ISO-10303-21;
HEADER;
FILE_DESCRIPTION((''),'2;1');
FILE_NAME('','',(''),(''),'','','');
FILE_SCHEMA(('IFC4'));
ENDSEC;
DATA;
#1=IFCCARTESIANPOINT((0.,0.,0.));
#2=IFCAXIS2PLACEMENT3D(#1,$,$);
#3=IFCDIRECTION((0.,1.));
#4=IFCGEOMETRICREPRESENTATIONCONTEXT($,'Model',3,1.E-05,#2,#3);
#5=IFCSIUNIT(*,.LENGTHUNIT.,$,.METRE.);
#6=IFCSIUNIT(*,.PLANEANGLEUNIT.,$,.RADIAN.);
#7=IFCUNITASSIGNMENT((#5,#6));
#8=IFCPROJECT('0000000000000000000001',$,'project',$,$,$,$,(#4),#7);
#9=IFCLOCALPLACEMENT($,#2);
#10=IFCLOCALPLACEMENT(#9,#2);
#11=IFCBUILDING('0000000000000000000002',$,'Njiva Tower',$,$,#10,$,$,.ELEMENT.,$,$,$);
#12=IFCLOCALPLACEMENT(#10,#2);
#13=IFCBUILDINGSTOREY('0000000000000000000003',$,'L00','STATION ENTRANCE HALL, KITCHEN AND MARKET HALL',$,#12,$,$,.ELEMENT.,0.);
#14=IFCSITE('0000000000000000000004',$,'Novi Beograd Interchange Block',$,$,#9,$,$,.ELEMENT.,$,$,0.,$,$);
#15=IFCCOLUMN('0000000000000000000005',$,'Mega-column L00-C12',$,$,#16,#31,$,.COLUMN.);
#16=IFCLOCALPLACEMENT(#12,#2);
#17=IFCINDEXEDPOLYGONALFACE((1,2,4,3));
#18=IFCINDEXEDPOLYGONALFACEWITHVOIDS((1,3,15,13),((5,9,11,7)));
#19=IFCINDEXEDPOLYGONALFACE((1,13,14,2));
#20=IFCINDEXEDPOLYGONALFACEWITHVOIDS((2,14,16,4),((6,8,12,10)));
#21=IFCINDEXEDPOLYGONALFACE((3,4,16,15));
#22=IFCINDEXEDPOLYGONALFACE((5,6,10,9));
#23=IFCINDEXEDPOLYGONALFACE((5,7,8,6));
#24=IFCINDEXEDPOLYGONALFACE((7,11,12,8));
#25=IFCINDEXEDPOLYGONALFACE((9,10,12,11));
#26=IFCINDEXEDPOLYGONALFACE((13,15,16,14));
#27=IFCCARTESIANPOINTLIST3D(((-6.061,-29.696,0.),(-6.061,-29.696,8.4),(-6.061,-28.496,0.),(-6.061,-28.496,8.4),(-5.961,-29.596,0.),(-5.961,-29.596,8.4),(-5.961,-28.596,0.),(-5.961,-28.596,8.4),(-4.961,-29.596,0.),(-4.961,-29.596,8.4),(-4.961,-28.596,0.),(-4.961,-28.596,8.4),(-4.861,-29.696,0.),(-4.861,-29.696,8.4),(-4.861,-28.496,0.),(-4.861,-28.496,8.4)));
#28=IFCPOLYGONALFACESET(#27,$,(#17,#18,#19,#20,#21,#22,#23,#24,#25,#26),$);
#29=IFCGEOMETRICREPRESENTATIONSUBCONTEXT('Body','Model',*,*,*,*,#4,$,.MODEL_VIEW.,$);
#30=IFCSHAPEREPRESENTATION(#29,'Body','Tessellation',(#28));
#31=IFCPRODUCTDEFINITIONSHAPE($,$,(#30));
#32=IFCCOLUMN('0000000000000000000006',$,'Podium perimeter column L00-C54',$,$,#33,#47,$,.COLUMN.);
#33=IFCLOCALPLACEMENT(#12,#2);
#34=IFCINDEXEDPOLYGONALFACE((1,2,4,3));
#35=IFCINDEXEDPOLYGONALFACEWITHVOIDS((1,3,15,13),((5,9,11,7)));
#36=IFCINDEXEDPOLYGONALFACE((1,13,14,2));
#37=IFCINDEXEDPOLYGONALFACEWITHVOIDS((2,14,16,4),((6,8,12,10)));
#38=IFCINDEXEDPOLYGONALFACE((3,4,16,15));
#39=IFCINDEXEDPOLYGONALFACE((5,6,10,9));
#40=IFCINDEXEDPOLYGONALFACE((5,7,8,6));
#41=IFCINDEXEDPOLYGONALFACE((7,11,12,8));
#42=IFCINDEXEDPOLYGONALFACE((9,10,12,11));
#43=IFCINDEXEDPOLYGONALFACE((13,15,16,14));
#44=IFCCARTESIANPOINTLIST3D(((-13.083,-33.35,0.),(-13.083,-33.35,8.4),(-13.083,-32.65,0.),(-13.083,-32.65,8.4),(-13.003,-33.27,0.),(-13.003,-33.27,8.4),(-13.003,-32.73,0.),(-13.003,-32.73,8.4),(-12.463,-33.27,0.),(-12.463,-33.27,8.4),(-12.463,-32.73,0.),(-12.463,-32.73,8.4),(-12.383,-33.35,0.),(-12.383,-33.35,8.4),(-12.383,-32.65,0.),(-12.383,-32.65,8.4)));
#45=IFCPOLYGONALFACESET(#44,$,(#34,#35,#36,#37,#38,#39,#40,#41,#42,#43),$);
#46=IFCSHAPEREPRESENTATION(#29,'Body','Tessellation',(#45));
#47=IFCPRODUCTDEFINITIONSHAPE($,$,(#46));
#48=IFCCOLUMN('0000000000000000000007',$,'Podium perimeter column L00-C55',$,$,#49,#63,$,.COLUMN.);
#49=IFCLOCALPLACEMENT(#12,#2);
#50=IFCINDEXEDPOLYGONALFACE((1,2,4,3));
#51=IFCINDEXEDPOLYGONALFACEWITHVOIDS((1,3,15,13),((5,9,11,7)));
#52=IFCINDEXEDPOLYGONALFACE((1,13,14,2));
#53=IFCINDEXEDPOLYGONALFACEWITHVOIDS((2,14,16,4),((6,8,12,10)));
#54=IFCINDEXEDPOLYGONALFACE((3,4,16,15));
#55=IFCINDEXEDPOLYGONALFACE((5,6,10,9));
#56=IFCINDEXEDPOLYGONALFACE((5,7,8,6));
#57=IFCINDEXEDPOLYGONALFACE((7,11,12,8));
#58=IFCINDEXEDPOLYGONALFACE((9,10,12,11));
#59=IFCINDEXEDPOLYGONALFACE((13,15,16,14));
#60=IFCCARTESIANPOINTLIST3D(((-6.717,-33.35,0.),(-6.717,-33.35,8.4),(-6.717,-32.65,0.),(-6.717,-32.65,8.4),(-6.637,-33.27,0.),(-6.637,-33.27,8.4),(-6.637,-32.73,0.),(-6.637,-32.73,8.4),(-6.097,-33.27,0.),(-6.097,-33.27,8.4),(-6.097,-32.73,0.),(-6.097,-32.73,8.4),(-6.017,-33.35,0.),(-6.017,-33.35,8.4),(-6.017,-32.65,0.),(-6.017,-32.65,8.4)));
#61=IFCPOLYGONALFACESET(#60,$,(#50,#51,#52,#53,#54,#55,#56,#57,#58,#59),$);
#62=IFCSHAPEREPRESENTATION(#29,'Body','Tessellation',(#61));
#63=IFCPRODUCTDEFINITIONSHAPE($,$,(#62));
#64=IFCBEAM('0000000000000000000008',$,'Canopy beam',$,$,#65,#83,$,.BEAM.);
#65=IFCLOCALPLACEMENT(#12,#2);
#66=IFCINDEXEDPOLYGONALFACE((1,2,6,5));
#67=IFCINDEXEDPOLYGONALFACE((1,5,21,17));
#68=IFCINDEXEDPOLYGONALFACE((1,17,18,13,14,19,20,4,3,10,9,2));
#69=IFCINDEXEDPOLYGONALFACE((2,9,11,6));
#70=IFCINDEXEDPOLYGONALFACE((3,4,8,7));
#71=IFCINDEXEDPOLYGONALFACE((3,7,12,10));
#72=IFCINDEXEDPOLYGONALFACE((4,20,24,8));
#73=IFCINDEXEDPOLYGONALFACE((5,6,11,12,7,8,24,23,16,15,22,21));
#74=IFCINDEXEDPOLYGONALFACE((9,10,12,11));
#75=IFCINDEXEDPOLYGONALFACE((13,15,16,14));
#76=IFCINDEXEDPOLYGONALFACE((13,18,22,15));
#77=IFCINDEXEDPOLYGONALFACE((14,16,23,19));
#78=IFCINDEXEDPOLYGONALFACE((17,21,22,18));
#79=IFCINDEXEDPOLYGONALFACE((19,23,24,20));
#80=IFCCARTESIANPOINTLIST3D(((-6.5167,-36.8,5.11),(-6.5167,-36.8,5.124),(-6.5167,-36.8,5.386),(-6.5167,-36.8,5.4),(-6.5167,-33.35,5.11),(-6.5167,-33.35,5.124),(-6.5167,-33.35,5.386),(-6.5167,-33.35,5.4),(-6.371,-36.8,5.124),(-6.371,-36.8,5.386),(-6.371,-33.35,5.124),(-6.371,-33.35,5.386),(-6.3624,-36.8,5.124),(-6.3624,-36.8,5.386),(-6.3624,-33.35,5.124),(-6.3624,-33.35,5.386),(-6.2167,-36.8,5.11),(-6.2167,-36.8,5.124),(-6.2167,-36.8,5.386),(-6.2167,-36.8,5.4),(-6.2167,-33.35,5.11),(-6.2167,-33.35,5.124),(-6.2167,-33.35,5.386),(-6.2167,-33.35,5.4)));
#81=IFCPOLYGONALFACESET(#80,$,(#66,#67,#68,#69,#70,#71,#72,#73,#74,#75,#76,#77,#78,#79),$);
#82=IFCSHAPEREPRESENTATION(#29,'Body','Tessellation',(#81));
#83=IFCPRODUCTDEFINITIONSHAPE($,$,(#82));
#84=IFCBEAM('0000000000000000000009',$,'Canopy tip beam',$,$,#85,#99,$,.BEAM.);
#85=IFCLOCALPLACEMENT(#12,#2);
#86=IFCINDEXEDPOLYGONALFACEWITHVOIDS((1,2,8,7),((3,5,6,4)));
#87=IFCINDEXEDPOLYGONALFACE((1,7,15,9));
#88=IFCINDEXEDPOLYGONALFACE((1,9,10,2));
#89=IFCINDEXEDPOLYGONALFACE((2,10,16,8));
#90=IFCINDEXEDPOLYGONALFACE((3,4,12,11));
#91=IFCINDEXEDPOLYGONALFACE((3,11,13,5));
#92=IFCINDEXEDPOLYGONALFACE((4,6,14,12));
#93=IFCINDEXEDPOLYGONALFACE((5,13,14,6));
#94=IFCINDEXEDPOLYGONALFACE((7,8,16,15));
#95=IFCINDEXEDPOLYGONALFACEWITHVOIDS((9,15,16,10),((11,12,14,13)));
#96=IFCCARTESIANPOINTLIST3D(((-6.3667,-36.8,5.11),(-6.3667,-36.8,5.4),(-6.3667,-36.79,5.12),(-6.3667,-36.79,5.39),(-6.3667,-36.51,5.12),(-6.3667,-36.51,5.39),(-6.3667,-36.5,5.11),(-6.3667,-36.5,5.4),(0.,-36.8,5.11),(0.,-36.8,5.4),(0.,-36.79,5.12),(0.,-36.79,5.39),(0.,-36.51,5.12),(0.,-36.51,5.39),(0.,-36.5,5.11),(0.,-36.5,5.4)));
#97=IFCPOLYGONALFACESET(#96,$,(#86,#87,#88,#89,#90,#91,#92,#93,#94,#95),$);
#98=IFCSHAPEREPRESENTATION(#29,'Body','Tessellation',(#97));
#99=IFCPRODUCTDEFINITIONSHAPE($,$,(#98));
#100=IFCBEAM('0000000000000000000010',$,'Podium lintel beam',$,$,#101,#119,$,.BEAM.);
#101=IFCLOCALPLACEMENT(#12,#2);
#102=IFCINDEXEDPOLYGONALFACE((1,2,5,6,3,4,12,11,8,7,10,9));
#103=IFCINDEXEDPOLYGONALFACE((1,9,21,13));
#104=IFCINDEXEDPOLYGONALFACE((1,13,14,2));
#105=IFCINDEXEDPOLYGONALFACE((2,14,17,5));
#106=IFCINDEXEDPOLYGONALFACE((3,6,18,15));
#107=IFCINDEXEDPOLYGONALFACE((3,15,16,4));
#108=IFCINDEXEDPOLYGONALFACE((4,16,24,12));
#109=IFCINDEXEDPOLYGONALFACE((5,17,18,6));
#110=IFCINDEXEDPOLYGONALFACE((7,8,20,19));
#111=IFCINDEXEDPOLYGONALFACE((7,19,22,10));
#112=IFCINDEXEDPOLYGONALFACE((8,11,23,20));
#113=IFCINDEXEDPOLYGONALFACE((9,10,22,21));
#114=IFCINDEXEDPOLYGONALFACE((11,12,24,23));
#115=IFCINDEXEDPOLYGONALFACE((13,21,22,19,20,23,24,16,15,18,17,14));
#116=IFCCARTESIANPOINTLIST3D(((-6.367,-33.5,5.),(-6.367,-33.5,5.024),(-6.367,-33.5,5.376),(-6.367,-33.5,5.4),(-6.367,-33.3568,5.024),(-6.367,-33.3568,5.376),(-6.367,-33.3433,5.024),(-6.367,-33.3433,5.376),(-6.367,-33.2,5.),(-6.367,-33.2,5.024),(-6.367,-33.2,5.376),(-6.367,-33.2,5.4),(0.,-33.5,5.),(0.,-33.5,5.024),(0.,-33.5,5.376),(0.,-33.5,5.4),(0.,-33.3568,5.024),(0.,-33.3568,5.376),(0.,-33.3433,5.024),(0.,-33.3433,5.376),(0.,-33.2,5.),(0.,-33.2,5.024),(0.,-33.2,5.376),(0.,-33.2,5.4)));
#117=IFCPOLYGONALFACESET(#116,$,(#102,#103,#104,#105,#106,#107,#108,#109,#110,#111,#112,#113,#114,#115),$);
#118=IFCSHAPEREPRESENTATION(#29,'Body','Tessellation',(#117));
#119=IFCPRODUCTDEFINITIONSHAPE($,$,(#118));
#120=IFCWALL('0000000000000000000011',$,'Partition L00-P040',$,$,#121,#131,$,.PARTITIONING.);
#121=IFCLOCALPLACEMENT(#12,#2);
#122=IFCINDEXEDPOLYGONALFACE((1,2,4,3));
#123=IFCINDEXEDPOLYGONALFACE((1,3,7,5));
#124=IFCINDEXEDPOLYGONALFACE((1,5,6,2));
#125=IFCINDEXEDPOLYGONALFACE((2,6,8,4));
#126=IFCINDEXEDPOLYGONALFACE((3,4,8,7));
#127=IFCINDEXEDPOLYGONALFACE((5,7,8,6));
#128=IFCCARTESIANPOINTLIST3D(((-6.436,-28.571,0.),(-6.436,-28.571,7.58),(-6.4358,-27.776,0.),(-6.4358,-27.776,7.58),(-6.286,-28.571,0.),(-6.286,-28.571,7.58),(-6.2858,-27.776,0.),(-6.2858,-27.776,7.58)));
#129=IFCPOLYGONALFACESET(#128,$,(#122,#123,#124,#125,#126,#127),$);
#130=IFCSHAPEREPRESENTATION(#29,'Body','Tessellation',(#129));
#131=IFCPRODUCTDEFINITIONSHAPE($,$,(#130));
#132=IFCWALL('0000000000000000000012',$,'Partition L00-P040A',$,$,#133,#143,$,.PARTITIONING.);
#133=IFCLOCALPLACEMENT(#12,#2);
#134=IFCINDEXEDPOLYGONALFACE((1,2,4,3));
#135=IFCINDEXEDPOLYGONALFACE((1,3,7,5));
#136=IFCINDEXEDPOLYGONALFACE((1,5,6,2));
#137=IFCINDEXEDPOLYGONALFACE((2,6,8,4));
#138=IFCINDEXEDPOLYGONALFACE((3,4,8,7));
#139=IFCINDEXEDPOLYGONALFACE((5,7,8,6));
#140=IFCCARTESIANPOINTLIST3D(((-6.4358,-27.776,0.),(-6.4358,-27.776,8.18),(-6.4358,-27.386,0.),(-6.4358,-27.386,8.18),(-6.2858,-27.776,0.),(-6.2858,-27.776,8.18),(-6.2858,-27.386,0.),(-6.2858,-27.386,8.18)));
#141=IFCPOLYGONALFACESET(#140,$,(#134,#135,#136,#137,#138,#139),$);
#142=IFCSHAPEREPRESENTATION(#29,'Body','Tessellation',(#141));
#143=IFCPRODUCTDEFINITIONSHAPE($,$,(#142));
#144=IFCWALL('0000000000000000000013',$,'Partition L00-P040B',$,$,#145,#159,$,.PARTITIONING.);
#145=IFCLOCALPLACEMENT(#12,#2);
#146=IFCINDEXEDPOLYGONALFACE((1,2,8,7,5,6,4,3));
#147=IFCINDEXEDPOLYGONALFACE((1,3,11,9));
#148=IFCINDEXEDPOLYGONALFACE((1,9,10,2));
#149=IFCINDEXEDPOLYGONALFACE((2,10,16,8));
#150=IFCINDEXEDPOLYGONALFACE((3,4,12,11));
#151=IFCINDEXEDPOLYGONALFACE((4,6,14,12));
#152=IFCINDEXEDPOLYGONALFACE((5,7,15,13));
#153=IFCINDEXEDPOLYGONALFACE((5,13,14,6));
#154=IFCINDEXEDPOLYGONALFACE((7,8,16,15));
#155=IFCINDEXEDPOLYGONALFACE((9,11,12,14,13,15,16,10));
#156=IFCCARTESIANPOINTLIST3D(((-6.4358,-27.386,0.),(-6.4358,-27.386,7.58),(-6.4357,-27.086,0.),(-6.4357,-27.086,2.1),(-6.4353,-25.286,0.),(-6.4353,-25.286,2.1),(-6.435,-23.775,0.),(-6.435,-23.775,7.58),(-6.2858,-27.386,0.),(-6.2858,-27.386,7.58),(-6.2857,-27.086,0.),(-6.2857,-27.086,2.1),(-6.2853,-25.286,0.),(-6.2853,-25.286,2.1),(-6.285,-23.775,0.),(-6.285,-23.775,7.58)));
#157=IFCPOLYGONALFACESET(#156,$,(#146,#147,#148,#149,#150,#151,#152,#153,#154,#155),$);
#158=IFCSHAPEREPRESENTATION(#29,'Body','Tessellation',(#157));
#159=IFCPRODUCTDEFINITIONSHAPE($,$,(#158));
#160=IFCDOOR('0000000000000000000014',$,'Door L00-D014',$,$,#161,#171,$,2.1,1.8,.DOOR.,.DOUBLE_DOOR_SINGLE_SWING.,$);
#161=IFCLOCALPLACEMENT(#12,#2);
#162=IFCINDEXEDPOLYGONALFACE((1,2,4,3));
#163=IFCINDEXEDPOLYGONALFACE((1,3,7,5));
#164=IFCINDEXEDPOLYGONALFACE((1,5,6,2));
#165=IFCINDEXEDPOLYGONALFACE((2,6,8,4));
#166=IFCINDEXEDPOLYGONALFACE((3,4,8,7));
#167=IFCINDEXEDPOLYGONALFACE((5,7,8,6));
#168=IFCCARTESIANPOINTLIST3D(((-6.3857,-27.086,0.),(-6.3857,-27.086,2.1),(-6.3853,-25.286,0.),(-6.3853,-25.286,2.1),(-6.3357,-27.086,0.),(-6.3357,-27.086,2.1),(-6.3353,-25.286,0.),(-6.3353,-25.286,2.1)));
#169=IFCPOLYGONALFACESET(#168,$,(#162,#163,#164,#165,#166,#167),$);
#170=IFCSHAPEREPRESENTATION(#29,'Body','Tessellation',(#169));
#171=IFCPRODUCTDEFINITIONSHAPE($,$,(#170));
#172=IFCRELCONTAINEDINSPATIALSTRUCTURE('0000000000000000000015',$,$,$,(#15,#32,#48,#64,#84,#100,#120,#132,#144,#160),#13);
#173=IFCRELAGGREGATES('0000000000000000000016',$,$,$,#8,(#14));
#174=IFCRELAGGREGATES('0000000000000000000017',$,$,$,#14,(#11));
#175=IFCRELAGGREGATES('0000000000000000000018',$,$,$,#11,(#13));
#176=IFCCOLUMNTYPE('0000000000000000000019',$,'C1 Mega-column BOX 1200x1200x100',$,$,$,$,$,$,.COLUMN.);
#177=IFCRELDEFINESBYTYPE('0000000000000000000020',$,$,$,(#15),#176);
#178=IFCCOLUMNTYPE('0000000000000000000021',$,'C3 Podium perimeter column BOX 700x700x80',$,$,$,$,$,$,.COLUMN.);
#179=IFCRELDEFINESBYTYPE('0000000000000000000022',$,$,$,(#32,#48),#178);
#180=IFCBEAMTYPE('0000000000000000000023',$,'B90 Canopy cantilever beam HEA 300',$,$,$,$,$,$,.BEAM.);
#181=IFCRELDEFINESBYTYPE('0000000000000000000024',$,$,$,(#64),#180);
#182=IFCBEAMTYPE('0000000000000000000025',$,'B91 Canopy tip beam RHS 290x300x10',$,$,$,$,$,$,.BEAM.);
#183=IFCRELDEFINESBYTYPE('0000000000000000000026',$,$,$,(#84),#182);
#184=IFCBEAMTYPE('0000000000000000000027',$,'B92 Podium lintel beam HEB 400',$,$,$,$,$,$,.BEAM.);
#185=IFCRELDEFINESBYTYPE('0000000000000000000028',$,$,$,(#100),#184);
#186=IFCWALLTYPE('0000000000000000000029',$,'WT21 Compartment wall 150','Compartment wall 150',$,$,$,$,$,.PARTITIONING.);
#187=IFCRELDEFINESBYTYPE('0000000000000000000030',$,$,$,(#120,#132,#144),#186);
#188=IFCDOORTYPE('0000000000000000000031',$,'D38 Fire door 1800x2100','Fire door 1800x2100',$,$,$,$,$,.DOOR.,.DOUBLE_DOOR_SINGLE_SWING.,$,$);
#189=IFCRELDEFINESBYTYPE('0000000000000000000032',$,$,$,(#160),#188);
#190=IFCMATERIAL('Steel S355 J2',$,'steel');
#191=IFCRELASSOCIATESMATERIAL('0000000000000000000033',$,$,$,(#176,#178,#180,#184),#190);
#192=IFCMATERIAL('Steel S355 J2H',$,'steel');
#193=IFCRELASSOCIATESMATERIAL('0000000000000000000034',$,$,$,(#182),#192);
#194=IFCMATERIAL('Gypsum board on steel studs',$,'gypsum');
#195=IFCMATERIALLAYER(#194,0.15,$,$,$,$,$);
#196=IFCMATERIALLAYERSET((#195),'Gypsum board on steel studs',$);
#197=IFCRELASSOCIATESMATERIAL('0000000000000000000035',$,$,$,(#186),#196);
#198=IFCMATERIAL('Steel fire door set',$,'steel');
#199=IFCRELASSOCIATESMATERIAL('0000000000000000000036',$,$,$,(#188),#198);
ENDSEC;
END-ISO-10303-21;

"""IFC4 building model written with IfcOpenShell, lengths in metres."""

from ifc_helpers import new_model, si_unit, direction, frame, frame_2d, origin, origin_2d, place, context, subcontext, project, spatial, rectangle, hollow_rectangle, i_section, extrude, material, layer, layer_set, material_profile, profile_set, type_object, element, fill, save


model = new_model("IFC4")

# Units and contexts
model_context = context("Model", 3, precision=1e-05, world=origin(), true_north=direction((0.0, 1.0)))
body_context = subcontext(model_context, "Body", "Model", "MODEL_VIEW")
ifc_project = project(units=[si_unit("LENGTHUNIT", "METRE"), si_unit("PLANEANGLEUNIT", "RADIAN")], contexts=[model_context])

# Site, building, storey
site_placement = place(None, origin())
site = spatial("IfcSite", under=ifc_project, at=site_placement, Name="Novi Beograd Interchange Block", CompositionType="ELEMENT", RefElevation=0.0)
building_placement = place(site_placement, origin())
building = spatial("IfcBuilding", under=site, at=building_placement, Name="Njiva Tower", CompositionType="ELEMENT")
storey_placement = place(building_placement, origin())
storey = spatial("IfcBuildingStorey", under=building, at=storey_placement, Name="L00", Description="STATION ENTRANCE HALL, KITCHEN AND MARKET HALL", CompositionType="ELEMENT", Elevation=0.0)

# Columns
ifc_material_1 = material(Name="Steel S355 J2", Category="steel")
ifc_material_profile_1 = material_profile(ifc_material_1, hollow_rectangle(XDim=1.2, YDim=1.2, WallThickness=0.1, at=origin_2d()), Name="BOX 1200x1200x100")
ifc_profile_set_1 = profile_set([ifc_material_profile_1], Name="Steel S355 J2")
column_type_1 = type_object("IfcColumnType", Name="C1 Mega-column BOX 1200x1200x100", PredefinedType="COLUMN", material=ifc_profile_set_1)
column_placement = place(storey_placement, frame((-5.461, -29.096, 0.0), z_axis=(0.0, 0.0, 1.0), x_axis=(1.0, 0.0, 0.0)))
element("IfcColumn", 1, at=column_placement, inside=storey, type_object=column_type_1, Name="Mega-column L00-C12", PredefinedType="COLUMN", context=body_context, shape_type="SweptSolid", body=[
    extrude(hollow_rectangle(XDim=1.2, YDim=1.2, WallThickness=0.1, at=origin_2d()), origin(), (0.0, 0.0, 1.0), 8.4),
])
ifc_material_profile_2 = material_profile(ifc_material_1, hollow_rectangle(XDim=0.7, YDim=0.7, WallThickness=0.08, at=origin_2d()), Name="BOX 700x700x80")
ifc_profile_set_2 = profile_set([ifc_material_profile_2], Name="Steel S355 J2")
column_type_2 = type_object("IfcColumnType", Name="C3 Podium perimeter column BOX 700x700x80", PredefinedType="COLUMN", material=ifc_profile_set_2)
for number, where, z_axis, x_axis, name in (
    (2, (-12.733, -33.0, 0.0), (0.0, 0.0, 1.0), (1.0, 0.0, 0.0), "Podium perimeter column L00-C54"),
    (3, (-6.367, -33.0, 0.0), (0.0, 0.0, 1.0), (1.0, 0.0, 0.0), "Podium perimeter column L00-C55"),
):
    element("IfcColumn", number, at=place(storey_placement, frame(where, z_axis=z_axis, x_axis=x_axis)), inside=storey, type_object=column_type_2, Name=name, PredefinedType="COLUMN", context=body_context, shape_type="SweptSolid", body=[
        extrude(hollow_rectangle(XDim=0.7, YDim=0.7, WallThickness=0.08, at=origin_2d()), origin(), (0.0, 0.0, 1.0), 8.4),
    ])

# Beams
ifc_material_profile_3 = material_profile(ifc_material_1, i_section(OverallWidth=0.3, OverallDepth=0.29, WebThickness=0.0085, FlangeThickness=0.014, at=origin_2d()), Name="HEA300")
ifc_profile_set_3 = profile_set([ifc_material_profile_3], Name="Steel S355 J2")
beam_type_1 = type_object("IfcBeamType", Name="B90 Canopy cantilever beam HEA 300", PredefinedType="BEAM", material=ifc_profile_set_3)
beam_1_placement = place(storey_placement, frame((-6.3667, -33.35, 5.255), z_axis=(0.0, -1.0, 0.0), x_axis=(1.0, 0.0, 0.0)))
element("IfcBeam", 4, at=beam_1_placement, inside=storey, type_object=beam_type_1, Name="Canopy beam", PredefinedType="BEAM", context=body_context, shape_type="SweptSolid", body=[
    extrude(i_section(OverallWidth=0.3, OverallDepth=0.29, WebThickness=0.0085, FlangeThickness=0.014, at=origin_2d()), origin(), (0.0, 0.0, 1.0), 3.45),
])
ifc_material_2 = material(Name="Steel S355 J2H", Category="steel")
ifc_material_profile_4 = material_profile(ifc_material_2, hollow_rectangle(XDim=0.3, YDim=0.29, WallThickness=0.01, at=origin_2d()), Name="BOX 290x300x10")
ifc_profile_set_4 = profile_set([ifc_material_profile_4], Name="Steel S355 J2H")
beam_type_2 = type_object("IfcBeamType", Name="B91 Canopy tip beam RHS 290x300x10", PredefinedType="BEAM", material=ifc_profile_set_4)
beam_2_placement = place(storey_placement, frame((-6.3667, -36.65, 5.255), z_axis=(1.0, 0.0, 0.0), x_axis=(0.0, 1.0, 0.0)))
element("IfcBeam", 5, at=beam_2_placement, inside=storey, type_object=beam_type_2, Name="Canopy tip beam", PredefinedType="BEAM", context=body_context, shape_type="SweptSolid", body=[
    extrude(hollow_rectangle(XDim=0.3, YDim=0.29, WallThickness=0.01, at=origin_2d()), origin(), (0.0, 0.0, 1.0), 6.3667),
])
ifc_material_profile_5 = material_profile(ifc_material_1, i_section(OverallWidth=0.3, OverallDepth=0.4, WebThickness=0.0135, FlangeThickness=0.024, at=origin_2d()), Name="HEB400")
ifc_profile_set_5 = profile_set([ifc_material_profile_5], Name="Steel S355 J2")
beam_type_3 = type_object("IfcBeamType", Name="B92 Podium lintel beam HEB 400", PredefinedType="BEAM", material=ifc_profile_set_5)
beam_3_placement = place(storey_placement, frame((-6.367, -33.35, 5.2), z_axis=(1.0, 0.0, 0.0), x_axis=(0.0, 1.0, 0.0)))
element("IfcBeam", 6, at=beam_3_placement, inside=storey, type_object=beam_type_3, Name="Podium lintel beam", PredefinedType="BEAM", context=body_context, shape_type="SweptSolid", body=[
    extrude(i_section(OverallWidth=0.3, OverallDepth=0.4, WebThickness=0.0135, FlangeThickness=0.024, at=origin_2d()), origin(), (0.0, 0.0, 1.0), 6.367),
])

# Walls
ifc_material_3 = material(Name="Gypsum board on steel studs", Category="gypsum")
ifc_layer_1 = layer(ifc_material_3, 0.15)
ifc_layer_set_1 = layer_set([ifc_layer_1], Name="Gypsum board on steel studs")
wall_type_1 = type_object("IfcWallType", Name="WT21 Compartment wall 150", Description="Compartment wall 150", PredefinedType="PARTITIONING", material=ifc_layer_set_1)
wall_1_placement = place(storey_placement, frame((-6.361, -28.571, 0.0), z_axis=(0.0, 0.0, 1.0), x_axis=(0.000252, 1.0, 0.0)))
element("IfcWall", 7, at=wall_1_placement, inside=storey, type_object=wall_type_1, Name="Partition L00-P040", PredefinedType="PARTITIONING", context=body_context, shape_type="SweptSolid", body=[
    extrude(rectangle(XDim=0.795, YDim=0.15, at=frame_2d((0.3975, 0.0))), origin(), (0.0, 0.0, 1.0), 7.58),
])
wall_2_placement = place(storey_placement, frame((-6.3608, -27.776, 0.0), z_axis=(0.0, 0.0, 1.0), x_axis=(0.0, 1.0, 0.0)))
element("IfcWall", 8, at=wall_2_placement, inside=storey, type_object=wall_type_1, Name="Partition L00-P040A", PredefinedType="PARTITIONING", context=body_context, shape_type="SweptSolid", body=[
    extrude(rectangle(XDim=0.39, YDim=0.15, at=frame_2d((0.195, 0.0))), origin(), (0.0, 0.0, 1.0), 8.18),
])

# Wall, opening, door
wall_3_placement = place(storey_placement, frame((-6.3608, -27.386, 0.0), z_axis=(0.0, 0.0, 1.0), x_axis=(0.000222, 1.0, 0.0)))
wall_3 = element("IfcWall", 9, at=wall_3_placement, inside=storey, type_object=wall_type_1, Name="Partition L00-P040B", PredefinedType="PARTITIONING", context=body_context, shape_type="SweptSolid", body=[
    extrude(rectangle(XDim=3.611, YDim=0.15, at=frame_2d((1.8055, 0.0))), origin(), (0.0, 0.0, 1.0), 7.58),
])
opening_1_placement = place(wall_3_placement, frame((0.3, 0.0, 0.0)))
opening_1 = element("IfcOpeningElement", 10, at=opening_1_placement, cuts=wall_3, PredefinedType="OPENING", context=body_context, shape_type="SweptSolid", body=[
    extrude(rectangle(XDim=1.8, YDim=2.1, at=frame_2d((0.9, 1.05))), frame((0.0, 0.085, 0.0), z_axis=(0.0, -1.0, 0.0), x_axis=(1.0, 0.0, 0.0)), (0.0, 0.0, 1.0), 0.17),
])
ifc_material_4 = material(Name="Steel fire door set", Category="steel")
door_type_1 = type_object("IfcDoorType", Name="D38 Fire door 1800x2100", Description="Fire door 1800x2100", OperationType="DOUBLE_DOOR_SINGLE_SWING", PredefinedType="DOOR", material=ifc_material_4)
door_1_placement = place(opening_1_placement, origin())
door_1 = element("IfcDoor", 11, at=door_1_placement, inside=storey, type_object=door_type_1, Name="Door L00-D014", OperationType="DOUBLE_DOOR_SINGLE_SWING", OverallHeight=2.1, OverallWidth=1.8, PredefinedType="DOOR", context=body_context, shape_type="SweptSolid", body=[
    extrude(rectangle(XDim=1.8, YDim=2.1, at=frame_2d((0.9, 1.05))), frame((0.0, 0.025, 0.0), z_axis=(0.0, -1.0, 0.0), x_axis=(1.0, 0.0, 0.0)), (0.0, 0.0, 1.0), 0.05),
])
fill(opening_1, door_1)

save(model, "model.ifc")
